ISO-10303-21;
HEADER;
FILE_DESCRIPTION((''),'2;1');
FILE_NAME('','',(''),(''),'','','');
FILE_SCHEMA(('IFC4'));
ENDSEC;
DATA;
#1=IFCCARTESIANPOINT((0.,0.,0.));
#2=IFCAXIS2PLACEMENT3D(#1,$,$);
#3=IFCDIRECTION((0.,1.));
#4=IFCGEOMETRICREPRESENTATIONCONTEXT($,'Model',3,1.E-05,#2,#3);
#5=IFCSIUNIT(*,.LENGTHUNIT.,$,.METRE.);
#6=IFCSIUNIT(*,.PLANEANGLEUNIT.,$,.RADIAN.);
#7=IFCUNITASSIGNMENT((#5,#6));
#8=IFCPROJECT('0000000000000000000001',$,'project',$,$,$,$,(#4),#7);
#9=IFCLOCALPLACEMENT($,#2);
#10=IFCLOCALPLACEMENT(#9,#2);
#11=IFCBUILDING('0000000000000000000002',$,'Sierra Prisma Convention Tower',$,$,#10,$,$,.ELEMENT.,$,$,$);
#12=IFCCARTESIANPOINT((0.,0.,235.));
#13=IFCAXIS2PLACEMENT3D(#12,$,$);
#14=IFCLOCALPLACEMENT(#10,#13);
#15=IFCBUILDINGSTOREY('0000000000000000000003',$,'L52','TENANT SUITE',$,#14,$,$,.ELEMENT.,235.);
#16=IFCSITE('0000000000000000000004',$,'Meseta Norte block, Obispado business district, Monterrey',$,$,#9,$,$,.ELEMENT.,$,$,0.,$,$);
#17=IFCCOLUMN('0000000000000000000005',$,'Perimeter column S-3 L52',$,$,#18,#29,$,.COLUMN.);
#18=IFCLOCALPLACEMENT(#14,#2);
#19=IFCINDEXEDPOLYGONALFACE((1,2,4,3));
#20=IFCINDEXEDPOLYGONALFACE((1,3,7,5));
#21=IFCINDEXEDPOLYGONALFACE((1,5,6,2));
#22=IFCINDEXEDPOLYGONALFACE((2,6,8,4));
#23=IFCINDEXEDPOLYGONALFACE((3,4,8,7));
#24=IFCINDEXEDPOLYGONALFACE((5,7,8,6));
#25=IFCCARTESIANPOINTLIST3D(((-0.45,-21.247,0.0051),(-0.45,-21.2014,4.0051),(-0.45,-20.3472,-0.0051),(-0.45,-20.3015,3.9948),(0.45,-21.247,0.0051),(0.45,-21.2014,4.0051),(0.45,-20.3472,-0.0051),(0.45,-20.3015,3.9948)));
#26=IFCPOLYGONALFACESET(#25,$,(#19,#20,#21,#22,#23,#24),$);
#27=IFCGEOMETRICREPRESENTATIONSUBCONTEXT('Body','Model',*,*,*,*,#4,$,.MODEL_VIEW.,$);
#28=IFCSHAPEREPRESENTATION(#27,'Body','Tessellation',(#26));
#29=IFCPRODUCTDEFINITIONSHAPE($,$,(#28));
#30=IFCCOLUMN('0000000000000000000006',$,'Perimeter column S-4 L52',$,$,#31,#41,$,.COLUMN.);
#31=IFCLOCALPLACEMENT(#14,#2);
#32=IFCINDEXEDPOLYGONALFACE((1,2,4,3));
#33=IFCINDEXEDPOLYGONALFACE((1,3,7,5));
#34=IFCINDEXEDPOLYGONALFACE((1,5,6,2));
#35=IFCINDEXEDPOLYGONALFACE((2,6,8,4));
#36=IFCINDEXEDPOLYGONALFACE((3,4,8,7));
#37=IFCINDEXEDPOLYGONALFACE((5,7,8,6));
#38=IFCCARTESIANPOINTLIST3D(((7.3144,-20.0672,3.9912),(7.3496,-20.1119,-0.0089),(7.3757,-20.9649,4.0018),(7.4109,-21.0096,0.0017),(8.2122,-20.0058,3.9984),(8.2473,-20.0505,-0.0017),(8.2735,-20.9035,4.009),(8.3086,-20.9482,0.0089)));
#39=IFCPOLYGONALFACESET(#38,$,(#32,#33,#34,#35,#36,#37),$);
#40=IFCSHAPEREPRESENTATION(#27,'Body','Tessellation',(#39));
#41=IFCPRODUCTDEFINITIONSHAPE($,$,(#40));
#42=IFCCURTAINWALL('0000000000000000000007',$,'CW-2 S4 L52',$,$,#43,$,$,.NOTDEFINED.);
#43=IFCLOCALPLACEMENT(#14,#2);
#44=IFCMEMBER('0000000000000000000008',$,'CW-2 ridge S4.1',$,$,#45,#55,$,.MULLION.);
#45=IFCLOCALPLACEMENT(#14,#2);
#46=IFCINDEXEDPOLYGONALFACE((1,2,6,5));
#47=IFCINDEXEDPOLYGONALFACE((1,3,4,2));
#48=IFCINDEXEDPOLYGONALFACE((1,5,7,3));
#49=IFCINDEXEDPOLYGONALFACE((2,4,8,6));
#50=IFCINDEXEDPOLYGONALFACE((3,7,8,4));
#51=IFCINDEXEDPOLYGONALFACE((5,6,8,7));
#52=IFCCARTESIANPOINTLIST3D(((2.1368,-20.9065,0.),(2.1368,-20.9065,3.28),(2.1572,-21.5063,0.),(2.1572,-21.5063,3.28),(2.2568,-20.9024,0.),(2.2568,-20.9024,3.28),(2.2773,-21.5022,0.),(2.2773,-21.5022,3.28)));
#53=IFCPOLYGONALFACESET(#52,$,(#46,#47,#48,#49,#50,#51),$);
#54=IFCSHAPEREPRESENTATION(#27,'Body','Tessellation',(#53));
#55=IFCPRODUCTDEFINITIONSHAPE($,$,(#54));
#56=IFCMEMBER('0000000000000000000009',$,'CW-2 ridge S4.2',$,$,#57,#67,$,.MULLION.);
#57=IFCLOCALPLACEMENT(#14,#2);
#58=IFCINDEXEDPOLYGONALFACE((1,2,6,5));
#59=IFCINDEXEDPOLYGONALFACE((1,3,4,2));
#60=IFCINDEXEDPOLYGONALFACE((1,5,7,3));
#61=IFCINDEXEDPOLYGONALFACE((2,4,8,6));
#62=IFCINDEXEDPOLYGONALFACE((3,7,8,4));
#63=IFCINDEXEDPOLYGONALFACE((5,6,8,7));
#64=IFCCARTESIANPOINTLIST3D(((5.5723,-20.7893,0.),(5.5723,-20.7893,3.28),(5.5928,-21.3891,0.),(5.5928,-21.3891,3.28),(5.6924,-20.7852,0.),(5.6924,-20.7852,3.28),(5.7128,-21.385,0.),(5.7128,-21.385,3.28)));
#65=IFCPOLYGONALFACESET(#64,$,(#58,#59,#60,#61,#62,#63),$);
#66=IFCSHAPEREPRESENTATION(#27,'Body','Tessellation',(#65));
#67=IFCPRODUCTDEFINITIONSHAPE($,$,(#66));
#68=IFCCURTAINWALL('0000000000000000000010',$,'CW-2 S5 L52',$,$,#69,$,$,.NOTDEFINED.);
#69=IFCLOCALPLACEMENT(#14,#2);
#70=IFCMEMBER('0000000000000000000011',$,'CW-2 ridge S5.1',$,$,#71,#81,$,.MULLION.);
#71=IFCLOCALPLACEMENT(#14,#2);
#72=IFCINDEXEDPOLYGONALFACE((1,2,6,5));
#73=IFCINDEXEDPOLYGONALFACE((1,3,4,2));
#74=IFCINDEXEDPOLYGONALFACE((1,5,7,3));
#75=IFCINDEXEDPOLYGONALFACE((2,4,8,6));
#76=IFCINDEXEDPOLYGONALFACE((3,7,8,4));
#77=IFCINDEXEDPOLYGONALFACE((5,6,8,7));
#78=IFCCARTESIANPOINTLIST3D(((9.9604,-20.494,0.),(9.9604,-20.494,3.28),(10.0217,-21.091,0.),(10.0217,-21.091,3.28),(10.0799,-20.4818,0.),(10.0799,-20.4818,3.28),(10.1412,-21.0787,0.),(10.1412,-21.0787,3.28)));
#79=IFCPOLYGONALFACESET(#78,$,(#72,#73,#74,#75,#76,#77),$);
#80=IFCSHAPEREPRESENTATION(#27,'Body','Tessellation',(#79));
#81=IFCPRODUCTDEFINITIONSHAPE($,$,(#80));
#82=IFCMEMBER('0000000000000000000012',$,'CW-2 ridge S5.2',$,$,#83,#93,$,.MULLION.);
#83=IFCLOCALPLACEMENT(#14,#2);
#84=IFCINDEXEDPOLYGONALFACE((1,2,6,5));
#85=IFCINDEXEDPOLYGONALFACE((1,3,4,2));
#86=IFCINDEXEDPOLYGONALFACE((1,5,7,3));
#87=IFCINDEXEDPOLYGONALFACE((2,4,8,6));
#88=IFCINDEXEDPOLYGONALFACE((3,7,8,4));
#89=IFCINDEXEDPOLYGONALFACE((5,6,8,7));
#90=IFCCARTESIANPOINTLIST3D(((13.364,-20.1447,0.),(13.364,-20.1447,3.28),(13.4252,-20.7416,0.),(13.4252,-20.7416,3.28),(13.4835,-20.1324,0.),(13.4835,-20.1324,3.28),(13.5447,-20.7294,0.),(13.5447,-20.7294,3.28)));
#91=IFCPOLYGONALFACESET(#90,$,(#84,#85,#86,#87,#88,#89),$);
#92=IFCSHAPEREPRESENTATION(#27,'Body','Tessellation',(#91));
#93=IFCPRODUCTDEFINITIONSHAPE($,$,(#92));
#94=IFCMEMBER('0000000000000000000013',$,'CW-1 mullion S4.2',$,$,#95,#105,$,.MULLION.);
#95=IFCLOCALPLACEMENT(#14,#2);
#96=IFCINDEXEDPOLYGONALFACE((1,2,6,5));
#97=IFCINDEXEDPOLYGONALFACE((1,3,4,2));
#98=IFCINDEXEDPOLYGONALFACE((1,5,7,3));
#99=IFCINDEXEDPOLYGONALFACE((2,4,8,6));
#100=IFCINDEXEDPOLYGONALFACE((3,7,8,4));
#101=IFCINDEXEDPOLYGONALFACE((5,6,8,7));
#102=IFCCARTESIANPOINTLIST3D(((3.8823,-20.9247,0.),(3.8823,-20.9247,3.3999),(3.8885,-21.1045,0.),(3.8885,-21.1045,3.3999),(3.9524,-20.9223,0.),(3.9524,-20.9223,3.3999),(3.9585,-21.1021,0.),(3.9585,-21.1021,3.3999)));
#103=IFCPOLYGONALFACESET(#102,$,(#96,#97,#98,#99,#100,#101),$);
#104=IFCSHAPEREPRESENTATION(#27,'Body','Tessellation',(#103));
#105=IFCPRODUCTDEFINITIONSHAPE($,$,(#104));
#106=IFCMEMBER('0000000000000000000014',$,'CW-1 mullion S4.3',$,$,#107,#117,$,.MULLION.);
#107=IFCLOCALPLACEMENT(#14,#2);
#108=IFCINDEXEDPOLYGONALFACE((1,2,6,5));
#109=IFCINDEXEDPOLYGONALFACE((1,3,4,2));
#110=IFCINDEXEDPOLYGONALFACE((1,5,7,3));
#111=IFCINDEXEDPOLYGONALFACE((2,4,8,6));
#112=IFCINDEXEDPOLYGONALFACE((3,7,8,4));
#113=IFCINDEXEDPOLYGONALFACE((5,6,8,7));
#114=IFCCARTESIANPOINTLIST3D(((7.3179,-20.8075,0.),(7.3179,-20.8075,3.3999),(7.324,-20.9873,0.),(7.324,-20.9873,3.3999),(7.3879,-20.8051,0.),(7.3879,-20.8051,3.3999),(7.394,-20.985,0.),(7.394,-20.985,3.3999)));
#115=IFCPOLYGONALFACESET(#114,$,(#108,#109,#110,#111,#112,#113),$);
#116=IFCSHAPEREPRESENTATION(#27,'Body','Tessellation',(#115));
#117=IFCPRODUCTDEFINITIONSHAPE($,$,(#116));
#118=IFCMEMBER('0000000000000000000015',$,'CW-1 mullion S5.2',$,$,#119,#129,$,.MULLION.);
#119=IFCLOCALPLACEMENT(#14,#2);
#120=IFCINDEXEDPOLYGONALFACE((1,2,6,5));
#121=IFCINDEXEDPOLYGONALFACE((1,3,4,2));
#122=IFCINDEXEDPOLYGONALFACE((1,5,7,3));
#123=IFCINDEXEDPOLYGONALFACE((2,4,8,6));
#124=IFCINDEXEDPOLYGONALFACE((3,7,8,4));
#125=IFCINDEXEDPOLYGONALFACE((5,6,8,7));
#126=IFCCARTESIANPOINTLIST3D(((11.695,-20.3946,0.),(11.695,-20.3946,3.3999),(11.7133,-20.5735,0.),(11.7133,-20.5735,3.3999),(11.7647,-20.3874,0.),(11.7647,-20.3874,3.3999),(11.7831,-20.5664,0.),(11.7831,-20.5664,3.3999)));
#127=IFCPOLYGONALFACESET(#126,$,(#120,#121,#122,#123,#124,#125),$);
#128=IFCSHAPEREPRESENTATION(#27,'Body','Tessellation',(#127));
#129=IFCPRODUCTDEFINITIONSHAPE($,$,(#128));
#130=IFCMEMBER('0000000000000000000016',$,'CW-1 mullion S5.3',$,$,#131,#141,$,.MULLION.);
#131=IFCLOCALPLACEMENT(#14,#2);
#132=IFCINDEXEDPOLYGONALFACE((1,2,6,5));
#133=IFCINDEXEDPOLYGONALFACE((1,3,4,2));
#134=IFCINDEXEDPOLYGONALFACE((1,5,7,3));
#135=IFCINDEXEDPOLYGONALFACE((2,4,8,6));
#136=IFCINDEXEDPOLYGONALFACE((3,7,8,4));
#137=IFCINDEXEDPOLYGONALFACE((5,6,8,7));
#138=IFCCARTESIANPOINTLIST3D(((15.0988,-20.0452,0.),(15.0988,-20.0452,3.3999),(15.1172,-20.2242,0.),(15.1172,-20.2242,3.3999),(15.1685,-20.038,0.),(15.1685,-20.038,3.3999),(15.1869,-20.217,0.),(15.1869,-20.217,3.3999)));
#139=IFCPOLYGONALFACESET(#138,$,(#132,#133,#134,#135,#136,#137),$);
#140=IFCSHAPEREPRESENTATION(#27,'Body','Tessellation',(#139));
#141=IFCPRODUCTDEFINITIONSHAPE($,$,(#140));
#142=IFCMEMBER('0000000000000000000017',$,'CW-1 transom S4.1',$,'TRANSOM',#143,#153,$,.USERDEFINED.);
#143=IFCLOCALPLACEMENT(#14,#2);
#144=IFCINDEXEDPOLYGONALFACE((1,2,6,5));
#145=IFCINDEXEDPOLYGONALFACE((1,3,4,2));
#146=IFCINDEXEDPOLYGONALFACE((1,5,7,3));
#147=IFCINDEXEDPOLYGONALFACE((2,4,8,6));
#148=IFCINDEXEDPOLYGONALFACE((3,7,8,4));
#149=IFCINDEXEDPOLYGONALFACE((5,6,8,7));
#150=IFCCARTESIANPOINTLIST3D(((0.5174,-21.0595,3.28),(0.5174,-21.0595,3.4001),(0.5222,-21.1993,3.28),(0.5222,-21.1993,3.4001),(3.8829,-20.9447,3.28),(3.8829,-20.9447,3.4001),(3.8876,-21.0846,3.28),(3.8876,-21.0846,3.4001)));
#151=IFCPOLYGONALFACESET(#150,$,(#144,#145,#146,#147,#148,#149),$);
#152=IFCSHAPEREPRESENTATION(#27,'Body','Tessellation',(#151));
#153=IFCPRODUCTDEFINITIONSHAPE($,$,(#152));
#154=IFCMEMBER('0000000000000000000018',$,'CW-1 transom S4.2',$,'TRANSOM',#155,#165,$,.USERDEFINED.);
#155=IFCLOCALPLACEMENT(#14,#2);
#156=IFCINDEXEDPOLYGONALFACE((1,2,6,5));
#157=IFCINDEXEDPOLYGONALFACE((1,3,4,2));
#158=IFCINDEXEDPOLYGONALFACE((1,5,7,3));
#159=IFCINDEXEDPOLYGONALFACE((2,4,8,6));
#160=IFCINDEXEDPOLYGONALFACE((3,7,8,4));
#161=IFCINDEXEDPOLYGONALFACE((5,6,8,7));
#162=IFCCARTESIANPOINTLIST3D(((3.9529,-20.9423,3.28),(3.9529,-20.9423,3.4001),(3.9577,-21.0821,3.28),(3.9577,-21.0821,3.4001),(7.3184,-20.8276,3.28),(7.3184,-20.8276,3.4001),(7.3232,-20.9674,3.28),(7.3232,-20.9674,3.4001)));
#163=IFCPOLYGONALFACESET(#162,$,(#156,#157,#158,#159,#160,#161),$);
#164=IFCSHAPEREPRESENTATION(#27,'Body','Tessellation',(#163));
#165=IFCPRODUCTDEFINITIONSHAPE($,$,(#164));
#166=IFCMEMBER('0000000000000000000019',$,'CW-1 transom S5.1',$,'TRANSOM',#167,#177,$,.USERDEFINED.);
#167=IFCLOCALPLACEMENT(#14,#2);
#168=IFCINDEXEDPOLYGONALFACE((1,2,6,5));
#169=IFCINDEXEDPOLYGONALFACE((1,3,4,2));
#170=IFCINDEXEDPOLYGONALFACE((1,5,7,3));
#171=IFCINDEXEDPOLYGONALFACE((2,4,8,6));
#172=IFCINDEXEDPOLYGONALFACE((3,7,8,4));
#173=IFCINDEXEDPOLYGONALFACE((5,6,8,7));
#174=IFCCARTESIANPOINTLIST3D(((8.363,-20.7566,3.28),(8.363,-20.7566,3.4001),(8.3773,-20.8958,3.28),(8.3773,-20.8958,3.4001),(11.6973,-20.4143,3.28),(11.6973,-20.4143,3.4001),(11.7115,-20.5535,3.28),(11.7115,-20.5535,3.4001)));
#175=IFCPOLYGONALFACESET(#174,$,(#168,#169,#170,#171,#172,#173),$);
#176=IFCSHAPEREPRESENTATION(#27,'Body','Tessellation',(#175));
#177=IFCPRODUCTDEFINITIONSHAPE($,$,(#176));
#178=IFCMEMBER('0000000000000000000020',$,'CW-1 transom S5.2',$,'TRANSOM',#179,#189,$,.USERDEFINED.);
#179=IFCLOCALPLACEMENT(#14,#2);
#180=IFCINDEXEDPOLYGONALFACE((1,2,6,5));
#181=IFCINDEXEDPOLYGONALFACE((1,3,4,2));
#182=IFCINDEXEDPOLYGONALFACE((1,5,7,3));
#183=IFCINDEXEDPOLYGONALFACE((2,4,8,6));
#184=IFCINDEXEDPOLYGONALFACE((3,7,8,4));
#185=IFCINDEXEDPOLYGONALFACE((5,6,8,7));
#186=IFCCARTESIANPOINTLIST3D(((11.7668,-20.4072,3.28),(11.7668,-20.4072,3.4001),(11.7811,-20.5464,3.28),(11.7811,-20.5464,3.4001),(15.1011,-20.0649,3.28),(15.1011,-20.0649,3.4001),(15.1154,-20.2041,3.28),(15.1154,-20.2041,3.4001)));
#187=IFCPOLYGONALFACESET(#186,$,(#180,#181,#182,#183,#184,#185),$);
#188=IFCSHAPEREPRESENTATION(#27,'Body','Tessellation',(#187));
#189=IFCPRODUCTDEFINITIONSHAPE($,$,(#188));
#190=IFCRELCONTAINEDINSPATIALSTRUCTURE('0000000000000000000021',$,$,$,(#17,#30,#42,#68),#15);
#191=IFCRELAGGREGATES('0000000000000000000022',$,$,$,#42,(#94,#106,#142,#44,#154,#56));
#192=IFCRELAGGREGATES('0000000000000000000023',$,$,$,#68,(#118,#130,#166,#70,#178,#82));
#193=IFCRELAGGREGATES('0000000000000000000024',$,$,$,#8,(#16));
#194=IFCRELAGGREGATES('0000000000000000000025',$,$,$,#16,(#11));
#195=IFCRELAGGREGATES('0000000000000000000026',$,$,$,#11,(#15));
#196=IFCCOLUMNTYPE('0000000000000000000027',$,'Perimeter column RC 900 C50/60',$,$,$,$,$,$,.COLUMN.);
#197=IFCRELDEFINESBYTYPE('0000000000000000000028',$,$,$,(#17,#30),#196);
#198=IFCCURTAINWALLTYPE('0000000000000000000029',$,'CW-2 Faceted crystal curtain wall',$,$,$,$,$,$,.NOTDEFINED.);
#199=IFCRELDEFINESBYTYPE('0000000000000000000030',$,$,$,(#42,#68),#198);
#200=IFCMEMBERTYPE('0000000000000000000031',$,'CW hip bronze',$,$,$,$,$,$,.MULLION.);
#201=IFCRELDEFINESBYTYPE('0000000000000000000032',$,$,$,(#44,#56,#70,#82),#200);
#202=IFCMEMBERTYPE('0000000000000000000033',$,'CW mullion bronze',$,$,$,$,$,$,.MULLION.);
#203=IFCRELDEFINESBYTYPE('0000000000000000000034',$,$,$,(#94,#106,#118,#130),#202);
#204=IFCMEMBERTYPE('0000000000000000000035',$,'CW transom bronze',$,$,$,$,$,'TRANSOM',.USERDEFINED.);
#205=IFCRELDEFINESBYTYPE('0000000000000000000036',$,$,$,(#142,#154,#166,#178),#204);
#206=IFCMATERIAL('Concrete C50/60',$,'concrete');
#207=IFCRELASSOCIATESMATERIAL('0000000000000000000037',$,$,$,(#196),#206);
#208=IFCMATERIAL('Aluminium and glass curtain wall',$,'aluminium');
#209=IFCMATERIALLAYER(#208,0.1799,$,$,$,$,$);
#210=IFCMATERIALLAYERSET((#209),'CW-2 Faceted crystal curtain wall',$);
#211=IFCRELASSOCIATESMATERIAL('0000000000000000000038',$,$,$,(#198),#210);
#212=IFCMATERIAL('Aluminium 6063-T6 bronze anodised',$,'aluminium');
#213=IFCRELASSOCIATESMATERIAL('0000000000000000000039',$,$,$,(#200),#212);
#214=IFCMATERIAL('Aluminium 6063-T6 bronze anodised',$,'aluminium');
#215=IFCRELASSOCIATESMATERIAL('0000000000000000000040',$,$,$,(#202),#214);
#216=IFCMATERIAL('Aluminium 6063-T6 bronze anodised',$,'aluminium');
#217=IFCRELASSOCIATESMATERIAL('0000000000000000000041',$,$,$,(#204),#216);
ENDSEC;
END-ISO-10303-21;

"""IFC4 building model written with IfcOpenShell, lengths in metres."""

from ifc_helpers import new_model, si_unit, direction, frame, origin, origin_2d, place, context, subcontext, project, spatial, rectangle, extrude, material, layer, layer_set, material_profile, profile_set, type_object, element, aggregate, save


model = new_model("IFC4")

# Units and contexts
model_context = context("Model", 3, precision=1e-05, world=origin(), true_north=direction((0.0, 1.0)))
body_context = subcontext(model_context, "Body", "Model", "MODEL_VIEW")
ifc_project = project(units=[si_unit("LENGTHUNIT", "METRE"), si_unit("PLANEANGLEUNIT", "RADIAN")], contexts=[model_context])

# Site, building, storey
site_placement = place(None, origin())
site = spatial("IfcSite", under=ifc_project, at=site_placement, Name="Meseta Norte block, Obispado business district, Monterrey", CompositionType="ELEMENT", RefElevation=0.0)
building_placement = place(site_placement, origin())
building = spatial("IfcBuilding", under=site, at=building_placement, Name="Sierra Prisma Convention Tower", CompositionType="ELEMENT")
storey_placement = place(building_placement, frame((0.0, 0.0, 235.0)))
storey = spatial("IfcBuildingStorey", under=building, at=storey_placement, Name="L52", Description="TENANT SUITE", CompositionType="ELEMENT", Elevation=235.0)

# Columns
ifc_material_1 = material(Name="Concrete C50/60", Category="concrete")
ifc_material_profile_1 = material_profile(ifc_material_1, rectangle(XDim=0.8999, YDim=0.8999, at=origin_2d()), Name="Perimeter column RC 900 C50/60")
ifc_profile_set_1 = profile_set([ifc_material_profile_1], Name="Concrete C50/60")
column_type = type_object("IfcColumnType", Name="Perimeter column RC 900 C50/60", PredefinedType="COLUMN", material=ifc_profile_set_1)
column_1_placement = place(storey_placement, frame((0.0, -20.7971, 0.0), z_axis=(0.0, 0.011413, 0.999935), x_axis=(1.0, 0.0, 0.0)))
element("IfcColumn", 1, at=column_1_placement, inside=storey, type_object=column_type, Name="Perimeter column S-3 L52", PredefinedType="COLUMN", context=body_context, shape_type="SweptSolid", body=[
    extrude(rectangle(XDim=0.8999, YDim=0.8999, at=origin_2d()), origin(), (0.0, 0.0, 1.0), 4.0002),
])
column_2_placement = place(storey_placement, frame((7.8291, -20.53, 0.0), z_axis=(-0.008788, 0.011168, 0.999899), x_axis=(0.997637, 0.068233, 0.008006)))
element("IfcColumn", 2, at=column_2_placement, inside=storey, type_object=column_type, Name="Perimeter column S-4 L52", PredefinedType="COLUMN", context=body_context, shape_type="SweptSolid", body=[
    extrude(rectangle(XDim=0.8999, YDim=0.8999, at=origin_2d()), origin(), (0.0, 0.0, 1.0), 4.0005),
])

# Curtain walls, members
ifc_material_2 = material(Name="Aluminium and glass curtain wall", Category="aluminium")
ifc_layer_1 = layer(ifc_material_2, 0.1799)
ifc_layer_set_1 = layer_set([ifc_layer_1], Name="CW-2 Faceted crystal curtain wall")
curtain_wall_type = type_object("IfcCurtainWallType", Name="CW-2 Faceted crystal curtain wall", PredefinedType="NOTDEFINED", material=ifc_layer_set_1)
curtain_wall_1_placement = place(storey_placement, origin())
curtain_wall_1 = element("IfcCurtainWall", 3, at=curtain_wall_1_placement, inside=storey, type_object=curtain_wall_type, Name="CW-2 S4 L52", PredefinedType="NOTDEFINED")
ifc_material_3 = material(Name="Aluminium 6063-T6 bronze anodised", Category="aluminium")
ifc_material_profile_2 = material_profile(ifc_material_3, rectangle(XDim=0.1201, YDim=0.6001, at=origin_2d()), Name="ALU RIDGE BLADE 120x600")
ifc_profile_set_2 = profile_set([ifc_material_profile_2], Name="Aluminium 6063-T6 bronze anodised")
member_type_1 = type_object("IfcMemberType", Name="CW hip bronze", PredefinedType="MULLION", material=ifc_profile_set_2)
member_1_placement = place(storey_placement, frame((2.207, -21.2043, 0.0), z_axis=(0.0, 0.0, 1.0), x_axis=(0.999419, 0.034089, 0.0)))
member_1 = element("IfcMember", 4, at=member_1_placement, type_object=member_type_1, Name="CW-2 ridge S4.1", PredefinedType="MULLION", context=body_context, shape_type="SweptSolid", body=[
    extrude(rectangle(XDim=0.1201, YDim=0.6001, at=origin_2d()), origin(), (0.0, 0.0, 1.0), 3.28),
])
member_2_placement = place(storey_placement, frame((5.6426, -21.0872, 0.0), z_axis=(0.0, 0.0, 1.0), x_axis=(0.999419, 0.034089, 0.0)))
member_2 = element("IfcMember", 5, at=member_2_placement, type_object=member_type_1, Name="CW-2 ridge S4.2", PredefinedType="MULLION", context=body_context, shape_type="SweptSolid", body=[
    extrude(rectangle(XDim=0.1201, YDim=0.6001, at=origin_2d()), origin(), (0.0, 0.0, 1.0), 3.28),
])
curtain_wall_2_placement = place(storey_placement, origin())
curtain_wall_2 = element("IfcCurtainWall", 6, at=curtain_wall_2_placement, inside=storey, type_object=curtain_wall_type, Name="CW-2 S5 L52", PredefinedType="NOTDEFINED")
member_3_placement = place(storey_placement, frame((10.0508, -20.7864, 0.0), z_axis=(0.0, 0.0, 1.0), x_axis=(0.994773, 0.10211, 0.0)))
member_3 = element("IfcMember", 7, at=member_3_placement, type_object=member_type_1, Name="CW-2 ridge S5.1", PredefinedType="MULLION", context=body_context, shape_type="SweptSolid", body=[
    extrude(rectangle(XDim=0.1201, YDim=0.6001, at=origin_2d()), origin(), (0.0, 0.0, 1.0), 3.28),
])
member_4_placement = place(storey_placement, frame((13.4543, -20.437, 0.0), z_axis=(0.0, 0.0, 1.0), x_axis=(0.994773, 0.10211, 0.0)))
member_4 = element("IfcMember", 8, at=member_4_placement, type_object=member_type_1, Name="CW-2 ridge S5.2", PredefinedType="MULLION", context=body_context, shape_type="SweptSolid", body=[
    extrude(rectangle(XDim=0.1201, YDim=0.6001, at=origin_2d()), origin(), (0.0, 0.0, 1.0), 3.28),
])

# Members
ifc_material_4 = material(Name="Aluminium 6063-T6 bronze anodised", Category="aluminium")
ifc_material_profile_3 = material_profile(ifc_material_4, rectangle(XDim=0.1799, YDim=0.0701, at=origin_2d()), Name="ALU MULLION 70x180")
ifc_profile_set_3 = profile_set([ifc_material_profile_3], Name="Aluminium 6063-T6 bronze anodised")
member_type_2 = type_object("IfcMemberType", Name="CW mullion bronze", PredefinedType="MULLION", material=ifc_profile_set_3)
member_5_placement = place(storey_placement, frame((3.9204, -21.0134, 0.0), z_axis=(0.0, 0.0, 1.0), x_axis=(-0.034089, 0.999419, 0.0)))
member_5 = element("IfcMember", 9, at=member_5_placement, type_object=member_type_2, Name="CW-1 mullion S4.2", PredefinedType="MULLION", context=body_context, shape_type="SweptSolid", body=[
    extrude(rectangle(XDim=0.1799, YDim=0.0701, at=origin_2d()), origin(), (0.0, 0.0, 1.0), 3.3999),
])
member_6_placement = place(storey_placement, frame((7.356, -20.8962, 0.0), z_axis=(0.0, 0.0, 1.0), x_axis=(-0.034089, 0.999419, 0.0)))
member_6 = element("IfcMember", 10, at=member_6_placement, type_object=member_type_2, Name="CW-1 mullion S4.3", PredefinedType="MULLION", context=body_context, shape_type="SweptSolid", body=[
    extrude(rectangle(XDim=0.1799, YDim=0.0701, at=origin_2d()), origin(), (0.0, 0.0, 1.0), 3.3999),
])
member_7_placement = place(storey_placement, frame((11.739, -20.4805, 0.0), z_axis=(0.0, 0.0, 1.0), x_axis=(-0.10211, 0.994773, 0.0)))
member_7 = element("IfcMember", 11, at=member_7_placement, type_object=member_type_2, Name="CW-1 mullion S5.2", PredefinedType="MULLION", context=body_context, shape_type="SweptSolid", body=[
    extrude(rectangle(XDim=0.1799, YDim=0.0701, at=origin_2d()), origin(), (0.0, 0.0, 1.0), 3.3999),
])
member_8_placement = place(storey_placement, frame((15.1428, -20.1311, 0.0), z_axis=(0.0, 0.0, 1.0), x_axis=(-0.10211, 0.994773, 0.0)))
member_8 = element("IfcMember", 12, at=member_8_placement, type_object=member_type_2, Name="CW-1 mullion S5.3", PredefinedType="MULLION", context=body_context, shape_type="SweptSolid", body=[
    extrude(rectangle(XDim=0.1799, YDim=0.0701, at=origin_2d()), origin(), (0.0, 0.0, 1.0), 3.3999),
])
ifc_material_5 = material(Name="Aluminium 6063-T6 bronze anodised", Category="aluminium")
ifc_material_profile_4 = material_profile(ifc_material_5, rectangle(XDim=0.1399, YDim=0.1201, at=origin_2d()), Name="ALU TRANSOM 120x140")
ifc_profile_set_4 = profile_set([ifc_material_profile_4], Name="Aluminium 6063-T6 bronze anodised")
member_type_3 = type_object("IfcMemberType", Name="CW transom bronze", ElementType="TRANSOM", PredefinedType="USERDEFINED", material=ifc_profile_set_4)
member_9_placement = place(storey_placement, frame((0.5198, -21.1294, 3.3401), z_axis=(0.999419, 0.034075, 0.0), x_axis=(-0.034075, 0.999419, 0.0)))
member_9 = element("IfcMember", 13, at=member_9_placement, type_object=member_type_3, Name="CW-1 transom S4.1", ObjectType="TRANSOM", PredefinedType="USERDEFINED", context=body_context, shape_type="SweptSolid", body=[
    extrude(rectangle(XDim=0.1399, YDim=0.1201, at=origin_2d()), origin(), (0.0, 0.0, 1.0), 3.3674),
])
member_10_placement = place(storey_placement, frame((3.9553, -21.0122, 3.3401), z_axis=(0.999419, 0.034075, 0.0), x_axis=(-0.034075, 0.999419, 0.0)))
member_10 = element("IfcMember", 14, at=member_10_placement, type_object=member_type_3, Name="CW-1 transom S4.2", ObjectType="TRANSOM", PredefinedType="USERDEFINED", context=body_context, shape_type="SweptSolid", body=[
    extrude(rectangle(XDim=0.1399, YDim=0.1201, at=origin_2d()), origin(), (0.0, 0.0, 1.0), 3.3674),
])
member_11_placement = place(storey_placement, frame((8.3701, -20.8262, 3.3401), z_axis=(0.994772, 0.102121, 0.0), x_axis=(-0.102121, 0.994772, 0.0)))
member_11 = element("IfcMember", 15, at=member_11_placement, type_object=member_type_3, Name="CW-1 transom S5.1", ObjectType="TRANSOM", PredefinedType="USERDEFINED", context=body_context, shape_type="SweptSolid", body=[
    extrude(rectangle(XDim=0.1399, YDim=0.1201, at=origin_2d()), origin(), (0.0, 0.0, 1.0), 3.3518),
])
member_12_placement = place(storey_placement, frame((11.7739, -20.4768, 3.3401), z_axis=(0.994772, 0.102121, 0.0), x_axis=(-0.102121, 0.994772, 0.0)))
member_12 = element("IfcMember", 16, at=member_12_placement, type_object=member_type_3, Name="CW-1 transom S5.2", ObjectType="TRANSOM", PredefinedType="USERDEFINED", context=body_context, shape_type="SweptSolid", body=[
    extrude(rectangle(XDim=0.1399, YDim=0.1201, at=origin_2d()), origin(), (0.0, 0.0, 1.0), 3.3518),
])

aggregate(curtain_wall_1, [member_5, member_6, member_9, member_1, member_10, member_2])
aggregate(curtain_wall_2, [member_7, member_8, member_11, member_3, member_12, member_4])

save(model, "model.ifc")
